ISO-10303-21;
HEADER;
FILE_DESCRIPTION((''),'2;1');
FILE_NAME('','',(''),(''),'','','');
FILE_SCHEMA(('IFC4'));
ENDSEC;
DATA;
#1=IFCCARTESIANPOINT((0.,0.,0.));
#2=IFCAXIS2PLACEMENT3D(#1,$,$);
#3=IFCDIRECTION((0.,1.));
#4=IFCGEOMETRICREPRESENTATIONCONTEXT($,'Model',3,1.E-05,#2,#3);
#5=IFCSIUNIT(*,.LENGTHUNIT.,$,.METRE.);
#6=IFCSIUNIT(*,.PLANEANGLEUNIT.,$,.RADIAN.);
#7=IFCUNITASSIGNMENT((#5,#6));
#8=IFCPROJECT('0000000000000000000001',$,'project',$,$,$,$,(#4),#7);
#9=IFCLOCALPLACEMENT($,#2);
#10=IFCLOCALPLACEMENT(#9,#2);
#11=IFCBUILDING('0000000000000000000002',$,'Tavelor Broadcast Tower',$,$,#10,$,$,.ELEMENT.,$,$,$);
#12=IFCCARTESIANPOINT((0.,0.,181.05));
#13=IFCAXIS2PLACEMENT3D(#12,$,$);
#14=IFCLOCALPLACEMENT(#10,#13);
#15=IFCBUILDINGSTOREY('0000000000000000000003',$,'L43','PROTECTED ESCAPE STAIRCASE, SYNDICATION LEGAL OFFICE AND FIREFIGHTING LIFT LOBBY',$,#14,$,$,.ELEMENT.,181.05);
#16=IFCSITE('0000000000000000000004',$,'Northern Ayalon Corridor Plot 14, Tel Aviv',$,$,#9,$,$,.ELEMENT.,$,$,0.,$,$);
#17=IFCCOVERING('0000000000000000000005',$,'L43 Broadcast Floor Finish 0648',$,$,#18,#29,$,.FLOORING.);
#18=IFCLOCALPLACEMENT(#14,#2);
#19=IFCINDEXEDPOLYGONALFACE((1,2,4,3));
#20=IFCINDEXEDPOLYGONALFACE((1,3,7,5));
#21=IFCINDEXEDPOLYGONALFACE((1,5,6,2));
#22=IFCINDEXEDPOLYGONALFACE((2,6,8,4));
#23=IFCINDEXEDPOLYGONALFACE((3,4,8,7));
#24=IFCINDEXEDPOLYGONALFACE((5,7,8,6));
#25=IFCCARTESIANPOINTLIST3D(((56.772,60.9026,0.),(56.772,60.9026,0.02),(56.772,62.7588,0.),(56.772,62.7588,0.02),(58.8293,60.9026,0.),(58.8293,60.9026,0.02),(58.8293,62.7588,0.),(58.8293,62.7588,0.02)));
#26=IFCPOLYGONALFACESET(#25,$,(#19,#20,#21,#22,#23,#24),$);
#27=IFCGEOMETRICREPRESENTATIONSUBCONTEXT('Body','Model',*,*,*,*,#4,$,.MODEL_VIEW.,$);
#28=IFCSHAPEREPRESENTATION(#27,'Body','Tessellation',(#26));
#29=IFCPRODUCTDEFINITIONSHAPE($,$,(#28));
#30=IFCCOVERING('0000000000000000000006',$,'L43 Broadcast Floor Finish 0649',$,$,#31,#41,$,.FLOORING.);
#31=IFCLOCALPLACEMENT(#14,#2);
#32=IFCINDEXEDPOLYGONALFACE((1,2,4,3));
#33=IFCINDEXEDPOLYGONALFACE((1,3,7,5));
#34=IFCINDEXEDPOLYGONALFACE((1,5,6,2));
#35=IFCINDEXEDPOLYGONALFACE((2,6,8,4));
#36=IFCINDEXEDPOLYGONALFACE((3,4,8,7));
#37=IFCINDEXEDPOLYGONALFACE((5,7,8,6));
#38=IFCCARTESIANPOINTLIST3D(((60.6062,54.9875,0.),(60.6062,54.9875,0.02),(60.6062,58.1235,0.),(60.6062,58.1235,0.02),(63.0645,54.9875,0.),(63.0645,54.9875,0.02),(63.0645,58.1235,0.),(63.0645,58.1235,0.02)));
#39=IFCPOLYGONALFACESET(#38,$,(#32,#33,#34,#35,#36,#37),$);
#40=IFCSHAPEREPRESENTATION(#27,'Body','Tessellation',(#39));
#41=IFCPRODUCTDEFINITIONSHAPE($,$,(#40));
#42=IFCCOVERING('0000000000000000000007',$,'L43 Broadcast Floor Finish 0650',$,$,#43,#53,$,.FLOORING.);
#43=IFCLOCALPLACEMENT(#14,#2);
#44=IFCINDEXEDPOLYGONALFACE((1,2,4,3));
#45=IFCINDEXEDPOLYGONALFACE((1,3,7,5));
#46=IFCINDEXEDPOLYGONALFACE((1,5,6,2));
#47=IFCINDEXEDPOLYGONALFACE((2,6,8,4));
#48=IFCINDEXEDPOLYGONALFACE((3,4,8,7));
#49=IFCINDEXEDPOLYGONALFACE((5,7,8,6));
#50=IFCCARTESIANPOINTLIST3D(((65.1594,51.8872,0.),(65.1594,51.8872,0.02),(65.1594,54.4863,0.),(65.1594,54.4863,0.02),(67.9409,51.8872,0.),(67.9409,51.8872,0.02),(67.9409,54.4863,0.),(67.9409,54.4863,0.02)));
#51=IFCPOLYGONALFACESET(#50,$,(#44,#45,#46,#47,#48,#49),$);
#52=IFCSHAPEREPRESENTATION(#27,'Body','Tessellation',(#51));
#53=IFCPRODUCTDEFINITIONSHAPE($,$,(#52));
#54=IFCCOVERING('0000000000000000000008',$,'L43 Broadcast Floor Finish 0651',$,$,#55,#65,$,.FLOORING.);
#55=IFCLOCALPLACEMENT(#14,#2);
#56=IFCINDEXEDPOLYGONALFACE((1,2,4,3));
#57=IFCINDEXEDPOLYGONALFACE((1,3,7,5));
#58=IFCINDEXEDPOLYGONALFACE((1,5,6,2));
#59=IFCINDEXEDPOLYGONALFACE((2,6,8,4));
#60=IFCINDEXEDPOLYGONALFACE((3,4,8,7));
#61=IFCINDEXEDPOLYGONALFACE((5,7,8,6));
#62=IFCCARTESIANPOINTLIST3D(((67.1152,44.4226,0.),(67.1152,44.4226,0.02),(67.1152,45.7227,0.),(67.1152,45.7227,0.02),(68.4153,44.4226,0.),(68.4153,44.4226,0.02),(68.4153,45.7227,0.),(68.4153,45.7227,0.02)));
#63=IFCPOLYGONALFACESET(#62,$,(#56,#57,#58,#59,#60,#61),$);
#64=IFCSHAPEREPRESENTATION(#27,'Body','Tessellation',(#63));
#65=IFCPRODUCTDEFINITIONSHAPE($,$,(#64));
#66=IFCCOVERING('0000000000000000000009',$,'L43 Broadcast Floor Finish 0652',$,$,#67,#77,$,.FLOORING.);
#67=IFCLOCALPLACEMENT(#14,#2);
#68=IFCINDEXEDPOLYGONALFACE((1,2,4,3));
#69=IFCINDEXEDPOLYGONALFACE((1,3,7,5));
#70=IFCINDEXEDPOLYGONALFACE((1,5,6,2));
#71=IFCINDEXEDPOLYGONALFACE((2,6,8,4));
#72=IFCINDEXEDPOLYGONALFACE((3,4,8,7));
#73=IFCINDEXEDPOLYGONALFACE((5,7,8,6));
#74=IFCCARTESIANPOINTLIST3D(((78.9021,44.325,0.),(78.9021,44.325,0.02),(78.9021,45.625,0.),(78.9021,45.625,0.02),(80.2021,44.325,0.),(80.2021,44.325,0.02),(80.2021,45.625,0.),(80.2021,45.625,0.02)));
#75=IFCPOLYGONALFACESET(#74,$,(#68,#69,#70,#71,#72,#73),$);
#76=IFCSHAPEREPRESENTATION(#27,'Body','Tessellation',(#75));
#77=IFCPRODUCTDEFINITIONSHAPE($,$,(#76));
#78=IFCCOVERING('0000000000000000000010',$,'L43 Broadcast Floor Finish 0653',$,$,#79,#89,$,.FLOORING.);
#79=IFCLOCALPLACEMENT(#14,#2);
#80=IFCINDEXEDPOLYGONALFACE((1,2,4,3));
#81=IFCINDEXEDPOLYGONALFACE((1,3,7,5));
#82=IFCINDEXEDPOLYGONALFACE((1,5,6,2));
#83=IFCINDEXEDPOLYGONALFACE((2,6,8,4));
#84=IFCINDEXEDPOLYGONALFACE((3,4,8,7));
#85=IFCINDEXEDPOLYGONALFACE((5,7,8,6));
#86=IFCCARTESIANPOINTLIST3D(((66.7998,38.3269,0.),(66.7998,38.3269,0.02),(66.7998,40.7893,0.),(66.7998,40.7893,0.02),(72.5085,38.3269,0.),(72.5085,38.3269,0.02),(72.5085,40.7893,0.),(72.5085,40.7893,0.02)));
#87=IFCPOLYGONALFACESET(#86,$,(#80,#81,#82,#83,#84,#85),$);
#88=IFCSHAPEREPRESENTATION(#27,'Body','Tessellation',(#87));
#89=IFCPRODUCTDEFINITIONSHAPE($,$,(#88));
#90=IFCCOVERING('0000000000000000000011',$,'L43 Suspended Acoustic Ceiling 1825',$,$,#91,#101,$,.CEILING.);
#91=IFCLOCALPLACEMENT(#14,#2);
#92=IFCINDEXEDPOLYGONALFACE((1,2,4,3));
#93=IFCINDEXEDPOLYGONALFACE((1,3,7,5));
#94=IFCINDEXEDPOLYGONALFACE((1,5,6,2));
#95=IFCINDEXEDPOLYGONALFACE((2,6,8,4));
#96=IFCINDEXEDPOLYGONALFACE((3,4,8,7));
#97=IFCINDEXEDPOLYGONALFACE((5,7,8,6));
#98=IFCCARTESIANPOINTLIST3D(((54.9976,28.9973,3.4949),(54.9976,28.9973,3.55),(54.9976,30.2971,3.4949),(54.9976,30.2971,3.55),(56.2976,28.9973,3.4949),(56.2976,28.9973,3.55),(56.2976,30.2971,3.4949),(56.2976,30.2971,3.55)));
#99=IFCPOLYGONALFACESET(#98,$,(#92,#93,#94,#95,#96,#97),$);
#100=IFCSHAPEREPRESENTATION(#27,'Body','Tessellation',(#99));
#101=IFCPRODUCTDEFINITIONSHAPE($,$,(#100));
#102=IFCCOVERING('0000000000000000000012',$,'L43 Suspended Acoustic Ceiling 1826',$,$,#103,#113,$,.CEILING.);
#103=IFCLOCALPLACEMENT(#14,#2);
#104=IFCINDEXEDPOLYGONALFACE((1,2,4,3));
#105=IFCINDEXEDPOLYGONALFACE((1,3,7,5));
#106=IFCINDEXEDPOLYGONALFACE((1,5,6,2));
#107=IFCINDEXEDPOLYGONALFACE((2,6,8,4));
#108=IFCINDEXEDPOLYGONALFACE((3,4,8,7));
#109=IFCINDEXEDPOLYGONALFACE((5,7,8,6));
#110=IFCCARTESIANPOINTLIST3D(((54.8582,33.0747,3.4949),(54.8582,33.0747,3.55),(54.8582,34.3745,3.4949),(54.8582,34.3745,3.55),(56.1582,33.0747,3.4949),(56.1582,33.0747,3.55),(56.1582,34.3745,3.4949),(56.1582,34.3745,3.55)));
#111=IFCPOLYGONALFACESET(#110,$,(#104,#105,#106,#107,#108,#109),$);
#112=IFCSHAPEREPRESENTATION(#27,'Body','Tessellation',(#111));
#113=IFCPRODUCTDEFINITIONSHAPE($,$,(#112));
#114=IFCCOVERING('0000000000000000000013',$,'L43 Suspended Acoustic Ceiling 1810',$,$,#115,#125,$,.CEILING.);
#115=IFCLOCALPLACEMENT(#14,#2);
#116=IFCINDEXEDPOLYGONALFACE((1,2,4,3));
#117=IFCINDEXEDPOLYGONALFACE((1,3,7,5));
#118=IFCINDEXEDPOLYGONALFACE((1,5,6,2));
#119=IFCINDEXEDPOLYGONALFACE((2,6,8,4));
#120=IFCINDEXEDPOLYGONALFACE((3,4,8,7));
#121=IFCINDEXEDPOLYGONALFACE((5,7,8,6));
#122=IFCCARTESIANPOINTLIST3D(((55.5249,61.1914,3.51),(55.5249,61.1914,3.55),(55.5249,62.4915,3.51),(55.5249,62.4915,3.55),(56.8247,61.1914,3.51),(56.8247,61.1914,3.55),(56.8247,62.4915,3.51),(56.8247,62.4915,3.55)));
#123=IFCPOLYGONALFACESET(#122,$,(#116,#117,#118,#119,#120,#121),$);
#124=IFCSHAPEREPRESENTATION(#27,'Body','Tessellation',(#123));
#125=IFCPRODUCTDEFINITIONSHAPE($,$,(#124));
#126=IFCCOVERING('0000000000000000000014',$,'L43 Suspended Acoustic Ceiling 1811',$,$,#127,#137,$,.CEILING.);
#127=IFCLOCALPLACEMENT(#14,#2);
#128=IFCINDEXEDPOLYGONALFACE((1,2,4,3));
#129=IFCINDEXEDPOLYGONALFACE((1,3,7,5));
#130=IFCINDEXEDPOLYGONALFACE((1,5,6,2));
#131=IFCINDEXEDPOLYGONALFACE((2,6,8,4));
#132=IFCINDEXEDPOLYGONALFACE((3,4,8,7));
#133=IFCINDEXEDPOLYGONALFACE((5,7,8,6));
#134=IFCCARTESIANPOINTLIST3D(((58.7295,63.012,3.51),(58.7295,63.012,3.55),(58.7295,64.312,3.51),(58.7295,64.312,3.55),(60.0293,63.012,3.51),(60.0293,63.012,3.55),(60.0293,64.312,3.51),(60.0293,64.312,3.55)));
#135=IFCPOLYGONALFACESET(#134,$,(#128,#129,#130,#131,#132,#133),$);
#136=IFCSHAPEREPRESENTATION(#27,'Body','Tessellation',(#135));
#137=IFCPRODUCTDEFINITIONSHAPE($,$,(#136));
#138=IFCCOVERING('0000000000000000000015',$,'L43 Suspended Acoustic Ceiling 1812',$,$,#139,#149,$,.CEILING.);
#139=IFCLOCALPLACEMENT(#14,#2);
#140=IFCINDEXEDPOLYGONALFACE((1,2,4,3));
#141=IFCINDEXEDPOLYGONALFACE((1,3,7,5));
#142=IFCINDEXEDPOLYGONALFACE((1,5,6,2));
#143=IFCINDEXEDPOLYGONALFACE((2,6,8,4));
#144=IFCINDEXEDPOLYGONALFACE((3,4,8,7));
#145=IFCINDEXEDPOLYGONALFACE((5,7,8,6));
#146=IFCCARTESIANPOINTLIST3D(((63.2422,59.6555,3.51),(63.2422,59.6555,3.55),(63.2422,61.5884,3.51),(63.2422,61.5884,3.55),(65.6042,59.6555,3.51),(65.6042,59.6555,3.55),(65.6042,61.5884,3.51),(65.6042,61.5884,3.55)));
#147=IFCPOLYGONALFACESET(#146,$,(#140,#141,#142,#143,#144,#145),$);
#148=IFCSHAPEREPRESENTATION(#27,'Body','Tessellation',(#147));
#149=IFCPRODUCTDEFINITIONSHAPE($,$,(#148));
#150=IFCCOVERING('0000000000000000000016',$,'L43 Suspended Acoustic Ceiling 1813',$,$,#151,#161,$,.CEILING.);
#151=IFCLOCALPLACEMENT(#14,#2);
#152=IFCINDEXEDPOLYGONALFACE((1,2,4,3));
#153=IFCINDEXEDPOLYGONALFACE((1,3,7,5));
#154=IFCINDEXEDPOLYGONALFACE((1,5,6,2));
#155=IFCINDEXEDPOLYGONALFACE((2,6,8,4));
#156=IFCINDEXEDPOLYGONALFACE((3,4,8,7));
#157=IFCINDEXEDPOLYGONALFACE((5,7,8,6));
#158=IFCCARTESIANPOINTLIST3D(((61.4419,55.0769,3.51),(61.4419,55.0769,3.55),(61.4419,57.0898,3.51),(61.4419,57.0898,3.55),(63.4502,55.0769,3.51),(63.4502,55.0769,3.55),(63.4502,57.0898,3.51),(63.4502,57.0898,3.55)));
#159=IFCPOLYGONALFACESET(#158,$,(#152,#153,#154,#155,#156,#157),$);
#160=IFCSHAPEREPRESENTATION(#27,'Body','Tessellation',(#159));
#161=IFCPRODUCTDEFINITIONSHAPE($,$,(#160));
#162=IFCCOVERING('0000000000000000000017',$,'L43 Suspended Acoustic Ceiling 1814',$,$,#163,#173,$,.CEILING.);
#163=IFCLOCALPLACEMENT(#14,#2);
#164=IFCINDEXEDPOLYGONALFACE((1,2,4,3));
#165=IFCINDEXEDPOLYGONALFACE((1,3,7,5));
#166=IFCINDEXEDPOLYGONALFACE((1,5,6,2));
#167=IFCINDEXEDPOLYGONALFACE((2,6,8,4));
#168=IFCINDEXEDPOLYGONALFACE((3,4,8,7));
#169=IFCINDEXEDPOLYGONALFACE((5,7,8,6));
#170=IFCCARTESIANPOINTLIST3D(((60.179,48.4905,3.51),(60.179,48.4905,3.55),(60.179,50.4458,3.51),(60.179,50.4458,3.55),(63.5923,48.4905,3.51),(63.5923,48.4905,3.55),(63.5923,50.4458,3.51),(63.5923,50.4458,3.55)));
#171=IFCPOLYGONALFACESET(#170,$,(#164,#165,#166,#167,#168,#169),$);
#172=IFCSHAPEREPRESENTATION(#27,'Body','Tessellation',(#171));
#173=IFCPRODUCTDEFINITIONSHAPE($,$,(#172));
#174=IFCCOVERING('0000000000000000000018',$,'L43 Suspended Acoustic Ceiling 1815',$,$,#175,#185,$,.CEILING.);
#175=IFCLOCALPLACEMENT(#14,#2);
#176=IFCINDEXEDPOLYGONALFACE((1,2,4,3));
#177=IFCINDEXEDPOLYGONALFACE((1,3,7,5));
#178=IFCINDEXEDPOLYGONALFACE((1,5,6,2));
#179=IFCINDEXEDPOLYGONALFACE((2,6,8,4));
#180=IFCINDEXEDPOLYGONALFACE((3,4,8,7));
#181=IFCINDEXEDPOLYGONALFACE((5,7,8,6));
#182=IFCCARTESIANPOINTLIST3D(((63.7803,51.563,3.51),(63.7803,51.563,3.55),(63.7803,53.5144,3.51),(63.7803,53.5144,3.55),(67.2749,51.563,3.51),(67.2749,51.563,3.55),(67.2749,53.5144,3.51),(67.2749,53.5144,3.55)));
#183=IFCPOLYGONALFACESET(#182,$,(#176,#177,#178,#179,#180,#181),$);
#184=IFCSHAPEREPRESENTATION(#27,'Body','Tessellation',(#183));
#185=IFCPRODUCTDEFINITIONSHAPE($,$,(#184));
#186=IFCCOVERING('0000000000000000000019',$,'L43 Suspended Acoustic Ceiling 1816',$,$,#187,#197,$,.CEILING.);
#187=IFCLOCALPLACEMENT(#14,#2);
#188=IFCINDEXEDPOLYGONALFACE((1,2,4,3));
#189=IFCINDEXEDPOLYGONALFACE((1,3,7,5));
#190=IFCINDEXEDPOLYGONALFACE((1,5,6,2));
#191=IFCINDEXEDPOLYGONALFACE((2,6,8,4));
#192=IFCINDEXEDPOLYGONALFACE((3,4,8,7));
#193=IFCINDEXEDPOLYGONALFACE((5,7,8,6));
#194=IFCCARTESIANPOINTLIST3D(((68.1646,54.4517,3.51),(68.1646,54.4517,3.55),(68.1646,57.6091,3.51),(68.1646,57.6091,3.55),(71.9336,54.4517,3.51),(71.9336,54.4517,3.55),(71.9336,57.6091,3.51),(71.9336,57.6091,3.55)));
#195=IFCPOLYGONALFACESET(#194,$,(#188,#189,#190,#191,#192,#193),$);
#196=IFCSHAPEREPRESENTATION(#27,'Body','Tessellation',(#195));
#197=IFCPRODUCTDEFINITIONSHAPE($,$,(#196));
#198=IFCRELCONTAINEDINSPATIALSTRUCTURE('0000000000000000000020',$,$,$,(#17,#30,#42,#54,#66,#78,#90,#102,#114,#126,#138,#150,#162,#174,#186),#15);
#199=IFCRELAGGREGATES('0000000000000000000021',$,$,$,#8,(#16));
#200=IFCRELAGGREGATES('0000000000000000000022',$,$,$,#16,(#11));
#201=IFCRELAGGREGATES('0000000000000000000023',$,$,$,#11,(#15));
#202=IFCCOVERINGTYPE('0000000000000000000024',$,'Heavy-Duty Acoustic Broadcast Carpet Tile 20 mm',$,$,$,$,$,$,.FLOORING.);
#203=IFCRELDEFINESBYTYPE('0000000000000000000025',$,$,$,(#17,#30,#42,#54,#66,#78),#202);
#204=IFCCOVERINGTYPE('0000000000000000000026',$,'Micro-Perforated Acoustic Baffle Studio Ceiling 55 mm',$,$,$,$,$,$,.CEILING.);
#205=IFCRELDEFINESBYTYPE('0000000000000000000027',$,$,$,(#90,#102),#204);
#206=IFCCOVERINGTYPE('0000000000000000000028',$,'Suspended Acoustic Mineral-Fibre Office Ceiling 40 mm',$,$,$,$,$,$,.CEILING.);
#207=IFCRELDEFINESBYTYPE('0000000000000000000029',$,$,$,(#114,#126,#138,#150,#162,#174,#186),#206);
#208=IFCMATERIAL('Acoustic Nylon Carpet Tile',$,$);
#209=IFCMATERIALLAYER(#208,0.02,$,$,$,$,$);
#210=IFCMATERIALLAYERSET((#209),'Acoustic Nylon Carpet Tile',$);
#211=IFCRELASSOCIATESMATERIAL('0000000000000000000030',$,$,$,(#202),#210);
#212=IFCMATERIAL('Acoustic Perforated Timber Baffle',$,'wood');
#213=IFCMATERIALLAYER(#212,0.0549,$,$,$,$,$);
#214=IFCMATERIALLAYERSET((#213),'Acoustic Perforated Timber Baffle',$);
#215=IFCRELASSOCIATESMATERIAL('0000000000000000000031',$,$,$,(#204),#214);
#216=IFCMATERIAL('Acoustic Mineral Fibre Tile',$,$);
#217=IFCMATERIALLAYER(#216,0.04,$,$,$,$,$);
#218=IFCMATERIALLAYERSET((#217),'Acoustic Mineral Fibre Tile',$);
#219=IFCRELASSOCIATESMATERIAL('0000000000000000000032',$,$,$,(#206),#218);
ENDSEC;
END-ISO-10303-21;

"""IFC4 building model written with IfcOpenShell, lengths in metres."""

from ifc_helpers import new_model, si_unit, direction, frame, origin, place, context, subcontext, project, spatial, polyline, outline, extrude, material, layer, layer_set, type_object, element, save


model = new_model("IFC4")

# Units and contexts
model_context = context("Model", 3, precision=1e-05, world=origin(), true_north=direction((0.0, 1.0)))
body_context = subcontext(model_context, "Body", "Model", "MODEL_VIEW")
ifc_project = project(units=[si_unit("LENGTHUNIT", "METRE"), si_unit("PLANEANGLEUNIT", "RADIAN")], contexts=[model_context])

# Site, building, storey
site_placement = place(None, origin())
site = spatial("IfcSite", under=ifc_project, at=site_placement, Name="Northern Ayalon Corridor Plot 14, Tel Aviv", CompositionType="ELEMENT", RefElevation=0.0)
building_placement = place(site_placement, origin())
building = spatial("IfcBuilding", under=site, at=building_placement, Name="Tavelor Broadcast Tower", CompositionType="ELEMENT")
storey_placement = place(building_placement, frame((0.0, 0.0, 181.05)))
storey = spatial("IfcBuildingStorey", under=building, at=storey_placement, Name="L43", Description="PROTECTED ESCAPE STAIRCASE, SYNDICATION LEGAL OFFICE AND FIREFIGHTING LIFT LOBBY", CompositionType="ELEMENT", Elevation=181.05)

# Coverings
ifc_material_1 = material(Name="Acoustic Nylon Carpet Tile")
ifc_layer_1 = layer(ifc_material_1, 0.02)
ifc_layer_set_1 = layer_set([ifc_layer_1], Name="Acoustic Nylon Carpet Tile")
covering_type_1 = type_object("IfcCoveringType", Name="Heavy-Duty Acoustic Broadcast Carpet Tile 20 mm", PredefinedType="FLOORING", material=ifc_layer_set_1)
covering_1_placement = place(storey_placement, origin())
element("IfcCovering", 1, at=covering_1_placement, inside=storey, type_object=covering_type_1, Name="L43 Broadcast Floor Finish 0648", PredefinedType="FLOORING", context=body_context, shape_type="SweptSolid", body=[
    extrude(outline(polyline([(56.772, 60.9026), (58.8293, 60.9026), (58.8293, 62.7588), (56.772, 62.7588), (56.772, 60.9026)])), origin(), (0.0, 0.0, 1.0), 0.02),
])
covering_2_placement = place(storey_placement, origin())
element("IfcCovering", 2, at=covering_2_placement, inside=storey, type_object=covering_type_1, Name="L43 Broadcast Floor Finish 0649", PredefinedType="FLOORING", context=body_context, shape_type="SweptSolid", body=[
    extrude(outline(polyline([(60.6062, 54.9875), (63.0645, 54.9875), (63.0645, 58.1235), (60.6062, 58.1235), (60.6062, 54.9875)])), origin(), (0.0, 0.0, 1.0), 0.02),
])
covering_3_placement = place(storey_placement, origin())
element("IfcCovering", 3, at=covering_3_placement, inside=storey, type_object=covering_type_1, Name="L43 Broadcast Floor Finish 0650", PredefinedType="FLOORING", context=body_context, shape_type="SweptSolid", body=[
    extrude(outline(polyline([(65.1594, 51.8872), (67.9409, 51.8872), (67.9409, 54.4863), (65.1594, 54.4863), (65.1594, 51.8872)])), origin(), (0.0, 0.0, 1.0), 0.02),
])
covering_4_placement = place(storey_placement, origin())
element("IfcCovering", 4, at=covering_4_placement, inside=storey, type_object=covering_type_1, Name="L43 Broadcast Floor Finish 0651", PredefinedType="FLOORING", context=body_context, shape_type="SweptSolid", body=[
    extrude(outline(polyline([(67.1152, 44.4226), (68.4153, 44.4226), (68.4153, 45.7227), (67.1152, 45.7227), (67.1152, 44.4226)])), origin(), (0.0, 0.0, 1.0), 0.02),
])
covering_5_placement = place(storey_placement, origin())
element("IfcCovering", 5, at=covering_5_placement, inside=storey, type_object=covering_type_1, Name="L43 Broadcast Floor Finish 0652", PredefinedType="FLOORING", context=body_context, shape_type="SweptSolid", body=[
    extrude(outline(polyline([(78.9021, 44.325), (80.2021, 44.325), (80.2021, 45.625), (78.9021, 45.625), (78.9021, 44.325)])), origin(), (0.0, 0.0, 1.0), 0.02),
])
covering_6_placement = place(storey_placement, origin())
element("IfcCovering", 6, at=covering_6_placement, inside=storey, type_object=covering_type_1, Name="L43 Broadcast Floor Finish 0653", PredefinedType="FLOORING", context=body_context, shape_type="SweptSolid", body=[
    extrude(outline(polyline([(66.7998, 38.3269), (72.5085, 38.3269), (72.5085, 40.7893), (66.7998, 40.7893), (66.7998, 38.3269)])), origin(), (0.0, 0.0, 1.0), 0.02),
])
ifc_material_2 = material(Name="Acoustic Perforated Timber Baffle", Category="wood")
ifc_layer_2 = layer(ifc_material_2, 0.0549)
ifc_layer_set_2 = layer_set([ifc_layer_2], Name="Acoustic Perforated Timber Baffle")
covering_type_2 = type_object("IfcCoveringType", Name="Micro-Perforated Acoustic Baffle Studio Ceiling 55 mm", PredefinedType="CEILING", material=ifc_layer_set_2)
covering_7_placement = place(storey_placement, frame((0.0, 0.0, 3.4949)))
element("IfcCovering", 7, at=covering_7_placement, inside=storey, type_object=covering_type_2, Name="L43 Suspended Acoustic Ceiling 1825", PredefinedType="CEILING", context=body_context, shape_type="SweptSolid", body=[
    extrude(outline(polyline([(54.9976, 28.9973), (56.2976, 28.9973), (56.2976, 30.2971), (54.9976, 30.2971), (54.9976, 28.9973)])), origin(), (0.0, 0.0, 1.0), 0.0552),
])
covering_8_placement = place(storey_placement, frame((0.0, 0.0, 3.4949)))
element("IfcCovering", 8, at=covering_8_placement, inside=storey, type_object=covering_type_2, Name="L43 Suspended Acoustic Ceiling 1826", PredefinedType="CEILING", context=body_context, shape_type="SweptSolid", body=[
    extrude(outline(polyline([(54.8582, 33.0747), (56.1582, 33.0747), (56.1582, 34.3745), (54.8582, 34.3745), (54.8582, 33.0747)])), origin(), (0.0, 0.0, 1.0), 0.0552),
])
ifc_material_3 = material(Name="Acoustic Mineral Fibre Tile")
ifc_layer_3 = layer(ifc_material_3, 0.04)
ifc_layer_set_3 = layer_set([ifc_layer_3], Name="Acoustic Mineral Fibre Tile")
covering_type_3 = type_object("IfcCoveringType", Name="Suspended Acoustic Mineral-Fibre Office Ceiling 40 mm", PredefinedType="CEILING", material=ifc_layer_set_3)
covering_9_placement = place(storey_placement, frame((0.0, 0.0, 3.51)))
element("IfcCovering", 9, at=covering_9_placement, inside=storey, type_object=covering_type_3, Name="L43 Suspended Acoustic Ceiling 1810", PredefinedType="CEILING", context=body_context, shape_type="SweptSolid", body=[
    extrude(outline(polyline([(55.5249, 61.1914), (56.8247, 61.1914), (56.8247, 62.4915), (55.5249, 62.4915), (55.5249, 61.1914)])), origin(), (0.0, 0.0, 1.0), 0.04),
])
covering_10_placement = place(storey_placement, frame((0.0, 0.0, 3.51)))
element("IfcCovering", 10, at=covering_10_placement, inside=storey, type_object=covering_type_3, Name="L43 Suspended Acoustic Ceiling 1811", PredefinedType="CEILING", context=body_context, shape_type="SweptSolid", body=[
    extrude(outline(polyline([(58.7295, 63.012), (60.0293, 63.012), (60.0293, 64.312), (58.7295, 64.312), (58.7295, 63.012)])), origin(), (0.0, 0.0, 1.0), 0.04),
])
covering_11_placement = place(storey_placement, frame((0.0, 0.0, 3.51)))
element("IfcCovering", 11, at=covering_11_placement, inside=storey, type_object=covering_type_3, Name="L43 Suspended Acoustic Ceiling 1812", PredefinedType="CEILING", context=body_context, shape_type="SweptSolid", body=[
    extrude(outline(polyline([(63.2422, 59.6555), (65.6042, 59.6555), (65.6042, 61.5884), (63.2422, 61.5884), (63.2422, 59.6555)])), origin(), (0.0, 0.0, 1.0), 0.04),
])
covering_12_placement = place(storey_placement, frame((0.0, 0.0, 3.51)))
element("IfcCovering", 12, at=covering_12_placement, inside=storey, type_object=covering_type_3, Name="L43 Suspended Acoustic Ceiling 1813", PredefinedType="CEILING", context=body_context, shape_type="SweptSolid", body=[
    extrude(outline(polyline([(61.4419, 55.0769), (63.4502, 55.0769), (63.4502, 57.0898), (61.4419, 57.0898), (61.4419, 55.0769)])), origin(), (0.0, 0.0, 1.0), 0.04),
])
covering_13_placement = place(storey_placement, frame((0.0, 0.0, 3.51)))
element("IfcCovering", 13, at=covering_13_placement, inside=storey, type_object=covering_type_3, Name="L43 Suspended Acoustic Ceiling 1814", PredefinedType="CEILING", context=body_context, shape_type="SweptSolid", body=[
    extrude(outline(polyline([(60.179, 48.4905), (63.5923, 48.4905), (63.5923, 50.4458), (60.179, 50.4458), (60.179, 48.4905)])), origin(), (0.0, 0.0, 1.0), 0.04),
])
covering_14_placement = place(storey_placement, frame((0.0, 0.0, 3.51)))
element("IfcCovering", 14, at=covering_14_placement, inside=storey, type_object=covering_type_3, Name="L43 Suspended Acoustic Ceiling 1815", PredefinedType="CEILING", context=body_context, shape_type="SweptSolid", body=[
    extrude(outline(polyline([(63.7803, 51.563), (67.2749, 51.563), (67.2749, 53.5144), (63.7803, 53.5144), (63.7803, 51.563)])), origin(), (0.0, 0.0, 1.0), 0.04),
])
covering_15_placement = place(storey_placement, frame((0.0, 0.0, 3.51)))
element("IfcCovering", 15, at=covering_15_placement, inside=storey, type_object=covering_type_3, Name="L43 Suspended Acoustic Ceiling 1816", PredefinedType="CEILING", context=body_context, shape_type="SweptSolid", body=[
    extrude(outline(polyline([(68.1646, 54.4517), (71.9336, 54.4517), (71.9336, 57.6091), (68.1646, 57.6091), (68.1646, 54.4517)])), origin(), (0.0, 0.0, 1.0), 0.04),
])

save(model, "model.ifc")
